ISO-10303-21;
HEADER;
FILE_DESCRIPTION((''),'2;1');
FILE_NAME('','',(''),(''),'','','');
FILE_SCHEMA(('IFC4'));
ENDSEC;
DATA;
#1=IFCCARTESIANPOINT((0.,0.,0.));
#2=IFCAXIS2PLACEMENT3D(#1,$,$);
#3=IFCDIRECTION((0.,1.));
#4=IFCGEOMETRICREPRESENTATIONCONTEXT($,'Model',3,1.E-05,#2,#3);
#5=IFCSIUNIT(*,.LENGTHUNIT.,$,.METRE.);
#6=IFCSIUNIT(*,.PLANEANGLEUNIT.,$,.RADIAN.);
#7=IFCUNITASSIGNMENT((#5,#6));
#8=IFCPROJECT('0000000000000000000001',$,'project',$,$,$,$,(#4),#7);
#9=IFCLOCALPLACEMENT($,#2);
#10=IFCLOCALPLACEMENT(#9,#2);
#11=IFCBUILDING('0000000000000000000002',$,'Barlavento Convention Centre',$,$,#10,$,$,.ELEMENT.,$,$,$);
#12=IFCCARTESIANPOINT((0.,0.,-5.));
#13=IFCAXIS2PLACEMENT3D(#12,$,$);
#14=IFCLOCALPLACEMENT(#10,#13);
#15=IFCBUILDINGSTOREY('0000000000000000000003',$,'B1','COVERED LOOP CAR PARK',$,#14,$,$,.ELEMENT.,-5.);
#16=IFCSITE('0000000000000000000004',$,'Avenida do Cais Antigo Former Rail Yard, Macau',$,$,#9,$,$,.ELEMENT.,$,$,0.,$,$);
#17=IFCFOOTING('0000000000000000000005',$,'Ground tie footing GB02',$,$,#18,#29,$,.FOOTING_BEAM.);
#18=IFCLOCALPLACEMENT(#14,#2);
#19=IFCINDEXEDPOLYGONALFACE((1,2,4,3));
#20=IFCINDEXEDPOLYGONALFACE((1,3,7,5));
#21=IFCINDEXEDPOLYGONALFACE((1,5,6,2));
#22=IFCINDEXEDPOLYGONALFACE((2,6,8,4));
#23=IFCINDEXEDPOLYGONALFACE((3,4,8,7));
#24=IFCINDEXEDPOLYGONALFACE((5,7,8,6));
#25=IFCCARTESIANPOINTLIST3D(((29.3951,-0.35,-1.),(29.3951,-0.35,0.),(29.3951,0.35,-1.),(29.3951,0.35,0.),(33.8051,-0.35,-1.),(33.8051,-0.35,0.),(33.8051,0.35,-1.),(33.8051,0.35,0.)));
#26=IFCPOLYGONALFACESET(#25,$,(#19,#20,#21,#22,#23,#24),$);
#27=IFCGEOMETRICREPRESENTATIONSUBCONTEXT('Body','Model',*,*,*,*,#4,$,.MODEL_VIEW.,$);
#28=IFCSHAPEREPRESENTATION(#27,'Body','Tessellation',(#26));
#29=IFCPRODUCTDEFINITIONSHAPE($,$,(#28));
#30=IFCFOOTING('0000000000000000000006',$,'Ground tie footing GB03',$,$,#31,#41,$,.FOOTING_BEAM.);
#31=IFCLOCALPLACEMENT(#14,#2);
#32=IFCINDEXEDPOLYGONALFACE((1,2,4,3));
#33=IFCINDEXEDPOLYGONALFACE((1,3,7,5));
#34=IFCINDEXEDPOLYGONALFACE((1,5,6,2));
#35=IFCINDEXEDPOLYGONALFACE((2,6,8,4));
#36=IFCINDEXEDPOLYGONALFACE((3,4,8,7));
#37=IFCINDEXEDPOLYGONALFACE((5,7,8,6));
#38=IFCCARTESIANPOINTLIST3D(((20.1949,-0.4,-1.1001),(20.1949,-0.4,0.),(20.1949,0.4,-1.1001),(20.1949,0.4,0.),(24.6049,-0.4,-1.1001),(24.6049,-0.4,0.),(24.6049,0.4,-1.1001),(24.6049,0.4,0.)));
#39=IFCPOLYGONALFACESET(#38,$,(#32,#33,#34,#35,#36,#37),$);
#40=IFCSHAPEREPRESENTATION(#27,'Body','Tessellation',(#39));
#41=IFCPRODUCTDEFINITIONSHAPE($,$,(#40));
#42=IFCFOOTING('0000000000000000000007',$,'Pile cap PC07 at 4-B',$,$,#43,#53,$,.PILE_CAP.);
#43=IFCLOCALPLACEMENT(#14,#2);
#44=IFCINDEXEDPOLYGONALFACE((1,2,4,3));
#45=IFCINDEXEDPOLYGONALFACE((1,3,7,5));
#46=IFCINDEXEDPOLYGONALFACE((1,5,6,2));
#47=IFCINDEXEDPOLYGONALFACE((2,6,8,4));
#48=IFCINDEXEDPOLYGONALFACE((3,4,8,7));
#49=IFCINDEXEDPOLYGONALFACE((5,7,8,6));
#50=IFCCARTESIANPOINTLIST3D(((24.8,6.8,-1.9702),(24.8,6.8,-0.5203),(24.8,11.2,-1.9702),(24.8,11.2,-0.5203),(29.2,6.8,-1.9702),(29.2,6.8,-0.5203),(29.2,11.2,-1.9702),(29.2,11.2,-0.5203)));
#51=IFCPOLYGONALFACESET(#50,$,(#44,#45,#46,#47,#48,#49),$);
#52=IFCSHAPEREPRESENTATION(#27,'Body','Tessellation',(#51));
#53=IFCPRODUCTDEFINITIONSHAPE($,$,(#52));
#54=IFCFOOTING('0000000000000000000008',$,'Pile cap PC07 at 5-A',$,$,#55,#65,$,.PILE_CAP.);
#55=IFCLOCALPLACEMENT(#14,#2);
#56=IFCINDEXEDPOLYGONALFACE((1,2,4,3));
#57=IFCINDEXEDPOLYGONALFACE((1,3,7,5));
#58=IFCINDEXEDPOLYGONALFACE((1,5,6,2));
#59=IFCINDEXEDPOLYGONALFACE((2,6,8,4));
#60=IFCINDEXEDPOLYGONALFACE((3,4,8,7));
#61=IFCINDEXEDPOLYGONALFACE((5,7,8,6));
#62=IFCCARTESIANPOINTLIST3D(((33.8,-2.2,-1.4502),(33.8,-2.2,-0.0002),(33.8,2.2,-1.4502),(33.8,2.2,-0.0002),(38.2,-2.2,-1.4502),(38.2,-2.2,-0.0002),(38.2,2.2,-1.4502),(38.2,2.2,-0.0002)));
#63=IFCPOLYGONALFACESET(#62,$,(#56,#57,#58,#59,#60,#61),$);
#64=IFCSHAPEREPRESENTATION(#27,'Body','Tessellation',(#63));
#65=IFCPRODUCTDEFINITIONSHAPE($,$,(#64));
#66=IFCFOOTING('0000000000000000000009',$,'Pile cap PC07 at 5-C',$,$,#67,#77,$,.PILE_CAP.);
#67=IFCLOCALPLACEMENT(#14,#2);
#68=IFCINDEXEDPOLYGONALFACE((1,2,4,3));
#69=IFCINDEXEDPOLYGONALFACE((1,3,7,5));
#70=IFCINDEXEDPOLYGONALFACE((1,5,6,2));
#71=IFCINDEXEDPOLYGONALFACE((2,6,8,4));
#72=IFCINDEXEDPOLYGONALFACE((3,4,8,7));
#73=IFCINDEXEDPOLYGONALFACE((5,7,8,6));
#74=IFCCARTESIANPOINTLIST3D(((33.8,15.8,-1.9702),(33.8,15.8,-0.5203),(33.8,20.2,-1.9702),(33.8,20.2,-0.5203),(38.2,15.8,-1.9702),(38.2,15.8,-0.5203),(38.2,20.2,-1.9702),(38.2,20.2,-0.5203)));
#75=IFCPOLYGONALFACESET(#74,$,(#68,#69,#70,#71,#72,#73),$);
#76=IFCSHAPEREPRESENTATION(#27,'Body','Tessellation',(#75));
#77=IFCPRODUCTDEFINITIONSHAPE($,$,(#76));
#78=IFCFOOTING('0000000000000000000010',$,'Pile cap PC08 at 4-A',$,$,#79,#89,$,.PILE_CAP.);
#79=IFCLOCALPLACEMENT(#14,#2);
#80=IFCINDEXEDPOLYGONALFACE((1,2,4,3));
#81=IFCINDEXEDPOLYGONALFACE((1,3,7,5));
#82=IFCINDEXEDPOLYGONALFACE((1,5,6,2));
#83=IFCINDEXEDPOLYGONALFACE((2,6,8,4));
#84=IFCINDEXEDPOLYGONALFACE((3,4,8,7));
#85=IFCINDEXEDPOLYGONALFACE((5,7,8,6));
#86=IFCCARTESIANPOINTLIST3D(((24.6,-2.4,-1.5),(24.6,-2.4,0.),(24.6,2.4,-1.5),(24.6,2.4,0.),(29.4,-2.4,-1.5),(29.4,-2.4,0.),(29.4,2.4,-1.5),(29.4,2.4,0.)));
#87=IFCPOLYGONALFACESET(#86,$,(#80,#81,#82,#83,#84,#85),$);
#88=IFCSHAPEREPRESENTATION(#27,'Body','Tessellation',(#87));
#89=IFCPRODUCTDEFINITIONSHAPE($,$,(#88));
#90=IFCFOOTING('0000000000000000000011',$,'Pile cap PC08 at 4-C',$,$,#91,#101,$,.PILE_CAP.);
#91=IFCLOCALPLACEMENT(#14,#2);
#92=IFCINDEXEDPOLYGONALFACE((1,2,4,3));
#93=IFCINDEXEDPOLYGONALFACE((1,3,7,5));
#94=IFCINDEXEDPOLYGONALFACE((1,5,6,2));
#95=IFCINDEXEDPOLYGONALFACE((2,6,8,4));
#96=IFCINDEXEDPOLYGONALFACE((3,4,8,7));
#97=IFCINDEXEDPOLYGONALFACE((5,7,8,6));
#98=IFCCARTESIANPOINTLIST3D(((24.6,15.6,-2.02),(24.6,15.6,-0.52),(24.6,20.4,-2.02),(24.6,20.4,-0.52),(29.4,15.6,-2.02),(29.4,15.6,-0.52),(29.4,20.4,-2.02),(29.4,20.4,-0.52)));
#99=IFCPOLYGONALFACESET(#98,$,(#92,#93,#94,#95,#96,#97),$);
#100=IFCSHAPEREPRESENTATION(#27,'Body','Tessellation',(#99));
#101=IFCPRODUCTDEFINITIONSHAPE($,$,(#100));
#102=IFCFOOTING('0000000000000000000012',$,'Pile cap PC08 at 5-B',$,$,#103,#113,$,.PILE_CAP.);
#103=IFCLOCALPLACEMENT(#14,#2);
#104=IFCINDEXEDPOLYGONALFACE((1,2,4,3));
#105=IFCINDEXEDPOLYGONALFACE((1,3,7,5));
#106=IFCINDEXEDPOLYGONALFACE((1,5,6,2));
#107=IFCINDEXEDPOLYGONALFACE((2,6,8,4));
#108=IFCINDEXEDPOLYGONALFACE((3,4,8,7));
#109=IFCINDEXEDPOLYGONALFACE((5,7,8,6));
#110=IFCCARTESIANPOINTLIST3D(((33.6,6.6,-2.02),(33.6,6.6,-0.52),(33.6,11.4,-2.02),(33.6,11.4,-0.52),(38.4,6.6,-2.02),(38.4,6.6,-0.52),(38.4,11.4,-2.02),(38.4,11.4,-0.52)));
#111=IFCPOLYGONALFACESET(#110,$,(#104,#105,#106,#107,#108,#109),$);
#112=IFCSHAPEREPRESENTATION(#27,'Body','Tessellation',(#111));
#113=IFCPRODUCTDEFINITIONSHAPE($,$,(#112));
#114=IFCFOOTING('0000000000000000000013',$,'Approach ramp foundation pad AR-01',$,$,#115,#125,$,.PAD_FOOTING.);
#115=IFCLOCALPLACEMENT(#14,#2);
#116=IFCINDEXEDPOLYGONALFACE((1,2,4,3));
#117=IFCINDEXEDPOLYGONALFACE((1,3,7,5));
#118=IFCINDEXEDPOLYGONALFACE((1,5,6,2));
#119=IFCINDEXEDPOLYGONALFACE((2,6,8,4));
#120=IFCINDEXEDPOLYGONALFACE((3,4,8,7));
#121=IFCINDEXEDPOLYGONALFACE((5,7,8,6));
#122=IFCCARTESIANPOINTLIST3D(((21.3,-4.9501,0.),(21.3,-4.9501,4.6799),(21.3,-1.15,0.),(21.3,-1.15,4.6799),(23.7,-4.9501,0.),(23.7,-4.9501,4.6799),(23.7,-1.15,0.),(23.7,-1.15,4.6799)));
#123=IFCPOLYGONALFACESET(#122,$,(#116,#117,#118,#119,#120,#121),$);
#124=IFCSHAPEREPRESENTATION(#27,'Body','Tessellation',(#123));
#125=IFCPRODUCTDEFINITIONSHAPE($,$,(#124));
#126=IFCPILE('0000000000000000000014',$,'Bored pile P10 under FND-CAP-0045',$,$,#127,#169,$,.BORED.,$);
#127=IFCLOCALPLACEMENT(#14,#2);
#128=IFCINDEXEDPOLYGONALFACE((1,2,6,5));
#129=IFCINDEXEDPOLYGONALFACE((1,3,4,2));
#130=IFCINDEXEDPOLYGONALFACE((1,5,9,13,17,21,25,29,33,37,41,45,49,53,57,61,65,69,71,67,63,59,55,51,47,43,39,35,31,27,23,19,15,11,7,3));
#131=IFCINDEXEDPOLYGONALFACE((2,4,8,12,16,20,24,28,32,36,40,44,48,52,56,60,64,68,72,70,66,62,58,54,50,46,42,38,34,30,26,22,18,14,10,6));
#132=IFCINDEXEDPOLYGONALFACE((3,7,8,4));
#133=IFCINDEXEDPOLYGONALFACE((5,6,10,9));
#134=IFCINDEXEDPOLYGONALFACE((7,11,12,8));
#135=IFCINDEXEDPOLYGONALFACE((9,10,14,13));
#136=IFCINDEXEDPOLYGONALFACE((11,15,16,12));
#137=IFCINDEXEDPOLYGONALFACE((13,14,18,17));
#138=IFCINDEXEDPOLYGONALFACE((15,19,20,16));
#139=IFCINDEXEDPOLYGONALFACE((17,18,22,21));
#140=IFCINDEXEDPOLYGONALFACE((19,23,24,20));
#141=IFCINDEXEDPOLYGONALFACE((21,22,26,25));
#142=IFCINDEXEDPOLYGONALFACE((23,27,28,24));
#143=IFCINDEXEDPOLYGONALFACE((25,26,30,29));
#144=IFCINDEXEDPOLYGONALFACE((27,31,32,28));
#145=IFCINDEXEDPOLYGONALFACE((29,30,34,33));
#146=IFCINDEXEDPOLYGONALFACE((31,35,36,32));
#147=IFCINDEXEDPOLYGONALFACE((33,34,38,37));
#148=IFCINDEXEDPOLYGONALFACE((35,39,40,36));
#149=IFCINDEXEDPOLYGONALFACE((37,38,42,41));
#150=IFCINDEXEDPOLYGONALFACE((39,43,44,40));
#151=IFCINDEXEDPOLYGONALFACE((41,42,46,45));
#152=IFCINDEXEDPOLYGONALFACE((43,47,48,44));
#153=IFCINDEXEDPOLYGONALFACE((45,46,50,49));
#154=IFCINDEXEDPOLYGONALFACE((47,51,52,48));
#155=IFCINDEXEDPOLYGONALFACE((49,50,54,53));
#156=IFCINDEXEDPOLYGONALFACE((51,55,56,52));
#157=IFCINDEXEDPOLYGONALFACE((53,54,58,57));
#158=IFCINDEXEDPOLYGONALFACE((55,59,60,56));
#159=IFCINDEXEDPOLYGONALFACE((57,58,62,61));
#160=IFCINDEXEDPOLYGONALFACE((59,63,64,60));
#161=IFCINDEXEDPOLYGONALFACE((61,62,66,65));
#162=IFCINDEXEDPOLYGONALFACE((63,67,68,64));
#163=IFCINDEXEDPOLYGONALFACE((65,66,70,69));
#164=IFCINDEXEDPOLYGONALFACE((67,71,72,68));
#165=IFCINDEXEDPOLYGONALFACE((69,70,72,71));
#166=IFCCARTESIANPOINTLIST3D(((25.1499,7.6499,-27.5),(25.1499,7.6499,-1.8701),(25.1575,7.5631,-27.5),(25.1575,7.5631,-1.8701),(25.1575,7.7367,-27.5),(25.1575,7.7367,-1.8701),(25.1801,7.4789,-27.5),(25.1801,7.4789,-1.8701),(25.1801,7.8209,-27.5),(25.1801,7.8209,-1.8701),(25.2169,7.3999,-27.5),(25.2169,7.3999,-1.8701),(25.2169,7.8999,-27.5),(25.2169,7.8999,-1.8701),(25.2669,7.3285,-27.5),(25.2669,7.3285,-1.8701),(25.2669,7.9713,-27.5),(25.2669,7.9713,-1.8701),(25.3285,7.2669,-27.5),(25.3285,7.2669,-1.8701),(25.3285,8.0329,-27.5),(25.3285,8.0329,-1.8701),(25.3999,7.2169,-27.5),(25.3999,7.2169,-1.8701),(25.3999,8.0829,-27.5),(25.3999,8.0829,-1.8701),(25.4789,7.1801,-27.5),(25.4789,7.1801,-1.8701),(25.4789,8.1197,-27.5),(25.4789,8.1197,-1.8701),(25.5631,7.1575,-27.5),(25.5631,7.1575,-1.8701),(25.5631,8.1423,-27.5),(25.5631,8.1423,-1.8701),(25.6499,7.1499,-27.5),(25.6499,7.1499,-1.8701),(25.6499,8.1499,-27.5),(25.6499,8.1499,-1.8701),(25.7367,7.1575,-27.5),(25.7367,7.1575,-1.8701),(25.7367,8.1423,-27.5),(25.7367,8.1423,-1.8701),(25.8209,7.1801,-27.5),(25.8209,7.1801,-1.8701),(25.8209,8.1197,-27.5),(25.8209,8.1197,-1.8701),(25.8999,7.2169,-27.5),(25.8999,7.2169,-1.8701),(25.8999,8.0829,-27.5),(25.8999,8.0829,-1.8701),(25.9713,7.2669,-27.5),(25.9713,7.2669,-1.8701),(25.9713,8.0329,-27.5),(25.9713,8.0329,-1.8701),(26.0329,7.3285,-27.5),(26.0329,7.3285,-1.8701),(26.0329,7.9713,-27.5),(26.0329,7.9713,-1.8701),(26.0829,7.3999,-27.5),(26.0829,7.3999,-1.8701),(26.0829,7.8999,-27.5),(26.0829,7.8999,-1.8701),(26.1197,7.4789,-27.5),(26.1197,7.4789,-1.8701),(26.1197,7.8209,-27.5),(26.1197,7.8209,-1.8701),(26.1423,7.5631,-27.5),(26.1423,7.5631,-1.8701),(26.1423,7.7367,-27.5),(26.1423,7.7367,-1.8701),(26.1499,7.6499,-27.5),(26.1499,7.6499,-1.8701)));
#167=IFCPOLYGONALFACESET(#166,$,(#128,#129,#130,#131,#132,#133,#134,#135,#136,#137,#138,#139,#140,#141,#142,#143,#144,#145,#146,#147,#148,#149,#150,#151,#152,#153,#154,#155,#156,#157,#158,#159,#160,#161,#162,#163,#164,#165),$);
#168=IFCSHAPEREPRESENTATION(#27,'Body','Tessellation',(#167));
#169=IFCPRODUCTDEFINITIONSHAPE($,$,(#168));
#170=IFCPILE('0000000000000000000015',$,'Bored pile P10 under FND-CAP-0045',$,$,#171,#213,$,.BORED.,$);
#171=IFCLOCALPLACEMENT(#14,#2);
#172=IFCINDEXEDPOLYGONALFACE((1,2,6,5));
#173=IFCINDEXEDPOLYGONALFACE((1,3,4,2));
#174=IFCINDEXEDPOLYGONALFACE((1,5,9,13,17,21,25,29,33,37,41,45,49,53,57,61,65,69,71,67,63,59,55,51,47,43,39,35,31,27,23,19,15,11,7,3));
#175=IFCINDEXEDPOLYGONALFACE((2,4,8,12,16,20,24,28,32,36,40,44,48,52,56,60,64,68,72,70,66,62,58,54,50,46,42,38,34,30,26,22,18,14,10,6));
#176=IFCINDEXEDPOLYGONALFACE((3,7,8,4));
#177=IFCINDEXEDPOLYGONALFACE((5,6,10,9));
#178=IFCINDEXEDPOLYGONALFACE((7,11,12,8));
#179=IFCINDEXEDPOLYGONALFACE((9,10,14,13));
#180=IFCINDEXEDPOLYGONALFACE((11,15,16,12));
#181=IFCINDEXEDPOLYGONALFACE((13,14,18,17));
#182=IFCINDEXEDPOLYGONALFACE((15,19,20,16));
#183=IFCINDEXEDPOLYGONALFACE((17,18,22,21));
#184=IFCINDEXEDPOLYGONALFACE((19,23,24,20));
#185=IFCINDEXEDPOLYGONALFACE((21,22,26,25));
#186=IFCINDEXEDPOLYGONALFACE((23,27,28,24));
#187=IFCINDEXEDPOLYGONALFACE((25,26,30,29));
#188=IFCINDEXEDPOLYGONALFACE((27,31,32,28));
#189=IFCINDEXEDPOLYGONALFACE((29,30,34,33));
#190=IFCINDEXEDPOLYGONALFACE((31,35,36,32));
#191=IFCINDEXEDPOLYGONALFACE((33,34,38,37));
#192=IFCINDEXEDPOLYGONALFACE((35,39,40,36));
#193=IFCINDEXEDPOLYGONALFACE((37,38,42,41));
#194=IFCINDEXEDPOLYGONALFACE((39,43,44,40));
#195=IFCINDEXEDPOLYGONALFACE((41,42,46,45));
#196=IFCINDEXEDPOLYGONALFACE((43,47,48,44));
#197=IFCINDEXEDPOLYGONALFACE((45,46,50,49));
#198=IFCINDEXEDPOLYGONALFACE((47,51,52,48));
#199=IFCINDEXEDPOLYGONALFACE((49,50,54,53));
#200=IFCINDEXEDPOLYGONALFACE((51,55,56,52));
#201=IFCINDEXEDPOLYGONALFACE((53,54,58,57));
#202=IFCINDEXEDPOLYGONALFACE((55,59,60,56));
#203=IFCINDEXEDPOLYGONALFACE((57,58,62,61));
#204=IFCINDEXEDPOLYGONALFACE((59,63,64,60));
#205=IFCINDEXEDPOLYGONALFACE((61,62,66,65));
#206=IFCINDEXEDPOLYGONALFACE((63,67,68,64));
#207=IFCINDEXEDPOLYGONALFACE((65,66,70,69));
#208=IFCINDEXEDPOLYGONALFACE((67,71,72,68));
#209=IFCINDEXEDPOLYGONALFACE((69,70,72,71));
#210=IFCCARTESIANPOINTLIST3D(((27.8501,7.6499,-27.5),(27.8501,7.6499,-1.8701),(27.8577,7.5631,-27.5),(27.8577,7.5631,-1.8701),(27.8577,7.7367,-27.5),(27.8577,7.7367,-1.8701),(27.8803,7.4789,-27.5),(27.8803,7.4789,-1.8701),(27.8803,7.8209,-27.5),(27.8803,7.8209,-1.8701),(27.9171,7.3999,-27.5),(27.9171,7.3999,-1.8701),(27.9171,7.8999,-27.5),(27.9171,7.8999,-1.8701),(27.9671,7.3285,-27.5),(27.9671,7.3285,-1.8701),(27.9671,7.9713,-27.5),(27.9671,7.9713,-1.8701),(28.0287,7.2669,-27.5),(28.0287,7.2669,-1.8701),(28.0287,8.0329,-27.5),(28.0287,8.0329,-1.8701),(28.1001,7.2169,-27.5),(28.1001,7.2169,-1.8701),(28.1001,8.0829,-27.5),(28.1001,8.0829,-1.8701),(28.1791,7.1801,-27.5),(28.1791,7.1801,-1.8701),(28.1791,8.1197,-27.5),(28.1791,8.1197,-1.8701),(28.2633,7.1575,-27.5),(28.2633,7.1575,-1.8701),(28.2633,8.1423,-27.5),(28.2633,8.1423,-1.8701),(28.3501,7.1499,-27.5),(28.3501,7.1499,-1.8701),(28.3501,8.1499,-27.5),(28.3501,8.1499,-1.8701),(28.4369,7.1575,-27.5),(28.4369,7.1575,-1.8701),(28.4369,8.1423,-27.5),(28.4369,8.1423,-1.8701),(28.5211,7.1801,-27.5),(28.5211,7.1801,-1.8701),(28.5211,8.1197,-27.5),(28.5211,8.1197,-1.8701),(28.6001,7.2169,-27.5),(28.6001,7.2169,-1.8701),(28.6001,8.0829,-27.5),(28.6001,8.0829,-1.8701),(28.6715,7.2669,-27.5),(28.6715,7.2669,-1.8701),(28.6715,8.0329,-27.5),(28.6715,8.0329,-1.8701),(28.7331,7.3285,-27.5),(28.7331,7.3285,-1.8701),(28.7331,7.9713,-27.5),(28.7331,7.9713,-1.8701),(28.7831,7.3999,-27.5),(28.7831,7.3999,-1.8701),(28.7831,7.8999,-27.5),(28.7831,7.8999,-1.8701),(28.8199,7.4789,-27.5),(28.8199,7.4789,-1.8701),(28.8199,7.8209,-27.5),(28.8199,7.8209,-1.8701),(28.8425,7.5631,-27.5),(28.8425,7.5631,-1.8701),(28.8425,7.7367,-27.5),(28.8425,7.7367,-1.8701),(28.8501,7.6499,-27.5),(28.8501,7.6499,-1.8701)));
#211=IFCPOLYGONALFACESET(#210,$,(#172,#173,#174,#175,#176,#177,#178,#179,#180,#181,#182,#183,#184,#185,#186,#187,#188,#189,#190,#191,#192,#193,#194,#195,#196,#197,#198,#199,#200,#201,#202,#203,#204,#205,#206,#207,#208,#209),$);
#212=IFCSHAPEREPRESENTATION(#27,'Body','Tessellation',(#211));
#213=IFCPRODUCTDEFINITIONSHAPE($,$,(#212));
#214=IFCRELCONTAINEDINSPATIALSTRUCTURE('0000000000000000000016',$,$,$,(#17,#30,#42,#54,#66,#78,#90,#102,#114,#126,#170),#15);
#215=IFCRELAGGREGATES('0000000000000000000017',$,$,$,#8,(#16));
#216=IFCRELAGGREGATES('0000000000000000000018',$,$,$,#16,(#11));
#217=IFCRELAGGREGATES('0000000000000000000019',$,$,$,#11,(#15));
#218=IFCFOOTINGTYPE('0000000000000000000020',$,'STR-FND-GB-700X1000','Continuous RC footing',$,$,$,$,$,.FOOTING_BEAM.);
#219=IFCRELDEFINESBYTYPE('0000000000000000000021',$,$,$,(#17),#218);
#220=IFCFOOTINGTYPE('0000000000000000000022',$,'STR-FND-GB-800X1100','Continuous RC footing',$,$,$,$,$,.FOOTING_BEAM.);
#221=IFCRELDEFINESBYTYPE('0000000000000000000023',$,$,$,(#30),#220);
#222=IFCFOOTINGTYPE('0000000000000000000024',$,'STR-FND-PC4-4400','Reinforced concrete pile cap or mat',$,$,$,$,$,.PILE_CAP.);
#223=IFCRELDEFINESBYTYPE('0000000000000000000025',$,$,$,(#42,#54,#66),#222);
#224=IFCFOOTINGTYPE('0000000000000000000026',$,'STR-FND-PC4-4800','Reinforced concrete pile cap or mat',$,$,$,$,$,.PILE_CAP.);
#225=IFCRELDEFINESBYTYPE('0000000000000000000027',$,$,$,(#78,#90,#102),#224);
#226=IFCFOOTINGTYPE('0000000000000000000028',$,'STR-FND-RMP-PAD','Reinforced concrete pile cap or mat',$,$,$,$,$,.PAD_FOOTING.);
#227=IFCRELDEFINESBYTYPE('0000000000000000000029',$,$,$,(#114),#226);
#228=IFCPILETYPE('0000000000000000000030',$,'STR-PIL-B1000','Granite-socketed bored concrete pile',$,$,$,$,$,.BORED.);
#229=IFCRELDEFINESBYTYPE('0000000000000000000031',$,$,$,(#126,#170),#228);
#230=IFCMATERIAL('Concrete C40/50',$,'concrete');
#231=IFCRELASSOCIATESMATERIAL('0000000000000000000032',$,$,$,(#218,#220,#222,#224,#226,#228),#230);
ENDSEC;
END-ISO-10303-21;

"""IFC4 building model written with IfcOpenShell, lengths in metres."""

from ifc_helpers import new_model, si_unit, direction, frame, origin, origin_2d, place, context, subcontext, project, spatial, rectangle, circle, extrude, material, material_profile, profile_set, type_object, element, save


model = new_model("IFC4")

# Units and contexts
model_context = context("Model", 3, precision=1e-05, world=origin(), true_north=direction((0.0, 1.0)))
body_context = subcontext(model_context, "Body", "Model", "MODEL_VIEW")
ifc_project = project(units=[si_unit("LENGTHUNIT", "METRE"), si_unit("PLANEANGLEUNIT", "RADIAN")], contexts=[model_context])

# Site, building, storey
site_placement = place(None, origin())
site = spatial("IfcSite", under=ifc_project, at=site_placement, Name="Avenida do Cais Antigo Former Rail Yard, Macau", CompositionType="ELEMENT", RefElevation=0.0)
building_placement = place(site_placement, origin())
building = spatial("IfcBuilding", under=site, at=building_placement, Name="Barlavento Convention Centre", CompositionType="ELEMENT")
storey_placement = place(building_placement, frame((0.0, 0.0, -5.0)))
storey = spatial("IfcBuildingStorey", under=building, at=storey_placement, Name="B1", Description="COVERED LOOP CAR PARK", CompositionType="ELEMENT", Elevation=-5.0)

# Footings
ifc_material_1 = material(Name="Concrete C40/50", Category="concrete")
footing_type_1 = type_object("IfcFootingType", Name="STR-FND-GB-700X1000", Description="Continuous RC footing", PredefinedType="FOOTING_BEAM", material=ifc_material_1)
footing_1_placement = place(storey_placement, frame((31.6001, 0.0, -1.0), z_axis=(0.0, 0.0, 1.0), x_axis=(1.0, 0.0, 0.0)))
element("IfcFooting", 1, at=footing_1_placement, inside=storey, type_object=footing_type_1, Name="Ground tie footing GB02", PredefinedType="FOOTING_BEAM", context=body_context, shape_type="SweptSolid", body=[
    extrude(rectangle(XDim=4.4099, YDim=0.7, at=origin_2d()), origin(), (0.0, 0.0, 1.0), 1.0),
])
footing_type_2 = type_object("IfcFootingType", Name="STR-FND-GB-800X1100", Description="Continuous RC footing", PredefinedType="FOOTING_BEAM", material=ifc_material_1)
footing_2_placement = place(storey_placement, frame((22.3999, 0.0, -1.1001), z_axis=(0.0, 0.0, 1.0), x_axis=(1.0, 0.0, 0.0)))
element("IfcFooting", 2, at=footing_2_placement, inside=storey, type_object=footing_type_2, Name="Ground tie footing GB03", PredefinedType="FOOTING_BEAM", context=body_context, shape_type="SweptSolid", body=[
    extrude(rectangle(XDim=4.4099, YDim=0.8, at=origin_2d()), origin(), (0.0, 0.0, 1.0), 1.1001),
])
footing_type_3 = type_object("IfcFootingType", Name="STR-FND-PC4-4400", Description="Reinforced concrete pile cap or mat", PredefinedType="PILE_CAP", material=ifc_material_1)
for number, where, z_axis, x_axis, name in (
    (3, (27.0, 9.0, -1.9702), (0.0, 0.0, 1.0), (1.0, 0.0, 0.0), "Pile cap PC07 at 4-B"),
    (4, (36.0, 0.0, -1.4502), (0.0, 0.0, 1.0), (1.0, 0.0, 0.0), "Pile cap PC07 at 5-A"),
    (5, (36.0, 18.0, -1.9702), (0.0, 0.0, 1.0), (1.0, 0.0, 0.0), "Pile cap PC07 at 5-C"),
):
    element("IfcFooting", number, at=place(storey_placement, frame(where, z_axis=z_axis, x_axis=x_axis)), inside=storey, type_object=footing_type_3, Name=name, PredefinedType="PILE_CAP", context=body_context, shape_type="SweptSolid", body=[
        extrude(rectangle(XDim=4.3999, YDim=4.3999, at=origin_2d()), origin(), (0.0, 0.0, 1.0), 1.45),
    ])
footing_type_4 = type_object("IfcFootingType", Name="STR-FND-PC4-4800", Description="Reinforced concrete pile cap or mat", PredefinedType="PILE_CAP", material=ifc_material_1)
for number, where, z_axis, x_axis, name in (
    (6, (27.0, 0.0, -1.5), (0.0, 0.0, 1.0), (1.0, 0.0, 0.0), "Pile cap PC08 at 4-A"),
    (7, (27.0, 18.0, -2.02), (0.0, 0.0, 1.0), (1.0, 0.0, 0.0), "Pile cap PC08 at 4-C"),
    (8, (36.0, 9.0, -2.02), (0.0, 0.0, 1.0), (1.0, 0.0, 0.0), "Pile cap PC08 at 5-B"),
):
    element("IfcFooting", number, at=place(storey_placement, frame(where, z_axis=z_axis, x_axis=x_axis)), inside=storey, type_object=footing_type_4, Name=name, PredefinedType="PILE_CAP", context=body_context, shape_type="SweptSolid", body=[
        extrude(rectangle(XDim=4.8, YDim=4.8, at=origin_2d()), origin(), (0.0, 0.0, 1.0), 1.5),
    ])
footing_type_5 = type_object("IfcFootingType", Name="STR-FND-RMP-PAD", Description="Reinforced concrete pile cap or mat", PredefinedType="PAD_FOOTING", material=ifc_material_1)
footing_3_placement = place(storey_placement, frame((22.5, -3.05, 0.0), z_axis=(0.0, 0.0, 1.0), x_axis=(1.0, 0.0, 0.0)))
element("IfcFooting", 9, at=footing_3_placement, inside=storey, type_object=footing_type_5, Name="Approach ramp foundation pad AR-01", PredefinedType="PAD_FOOTING", context=body_context, shape_type="SweptSolid", body=[
    extrude(rectangle(XDim=2.3999, YDim=3.8, at=origin_2d()), origin(), (0.0, 0.0, 1.0), 4.6799),
])

# Piles
ifc_material_profile_1 = material_profile(ifc_material_1, circle(Radius=0.5, at=origin_2d()), Name="BORED PILE 1000")
ifc_profile_set_1 = profile_set([ifc_material_profile_1], Name="Concrete C40/50")
pile_type_1 = type_object("IfcPileType", Name="STR-PIL-B1000", Description="Granite-socketed bored concrete pile", PredefinedType="BORED", material=ifc_profile_set_1)
for number, where, z_axis, x_axis, name in (
    (10, (25.6499, 7.6499, -1.8701), (0.0, 0.0, -1.0), (1.0, 0.0, 0.0), "Bored pile P10 under FND-CAP-0045"),
    (11, (28.3501, 7.6499, -1.8701), (0.0, 0.0, -1.0), (1.0, 0.0, 0.0), "Bored pile P10 under FND-CAP-0045"),
):
    element("IfcPile", number, at=place(storey_placement, frame(where, z_axis=z_axis, x_axis=x_axis)), inside=storey, type_object=pile_type_1, Name=name, PredefinedType="BORED", context=body_context, shape_type="SweptSolid", body=[
        extrude(circle(Radius=0.5, at=origin_2d()), origin(), (0.0, 0.0, 1.0), 25.6299),
    ])

save(model, "model.ifc")
